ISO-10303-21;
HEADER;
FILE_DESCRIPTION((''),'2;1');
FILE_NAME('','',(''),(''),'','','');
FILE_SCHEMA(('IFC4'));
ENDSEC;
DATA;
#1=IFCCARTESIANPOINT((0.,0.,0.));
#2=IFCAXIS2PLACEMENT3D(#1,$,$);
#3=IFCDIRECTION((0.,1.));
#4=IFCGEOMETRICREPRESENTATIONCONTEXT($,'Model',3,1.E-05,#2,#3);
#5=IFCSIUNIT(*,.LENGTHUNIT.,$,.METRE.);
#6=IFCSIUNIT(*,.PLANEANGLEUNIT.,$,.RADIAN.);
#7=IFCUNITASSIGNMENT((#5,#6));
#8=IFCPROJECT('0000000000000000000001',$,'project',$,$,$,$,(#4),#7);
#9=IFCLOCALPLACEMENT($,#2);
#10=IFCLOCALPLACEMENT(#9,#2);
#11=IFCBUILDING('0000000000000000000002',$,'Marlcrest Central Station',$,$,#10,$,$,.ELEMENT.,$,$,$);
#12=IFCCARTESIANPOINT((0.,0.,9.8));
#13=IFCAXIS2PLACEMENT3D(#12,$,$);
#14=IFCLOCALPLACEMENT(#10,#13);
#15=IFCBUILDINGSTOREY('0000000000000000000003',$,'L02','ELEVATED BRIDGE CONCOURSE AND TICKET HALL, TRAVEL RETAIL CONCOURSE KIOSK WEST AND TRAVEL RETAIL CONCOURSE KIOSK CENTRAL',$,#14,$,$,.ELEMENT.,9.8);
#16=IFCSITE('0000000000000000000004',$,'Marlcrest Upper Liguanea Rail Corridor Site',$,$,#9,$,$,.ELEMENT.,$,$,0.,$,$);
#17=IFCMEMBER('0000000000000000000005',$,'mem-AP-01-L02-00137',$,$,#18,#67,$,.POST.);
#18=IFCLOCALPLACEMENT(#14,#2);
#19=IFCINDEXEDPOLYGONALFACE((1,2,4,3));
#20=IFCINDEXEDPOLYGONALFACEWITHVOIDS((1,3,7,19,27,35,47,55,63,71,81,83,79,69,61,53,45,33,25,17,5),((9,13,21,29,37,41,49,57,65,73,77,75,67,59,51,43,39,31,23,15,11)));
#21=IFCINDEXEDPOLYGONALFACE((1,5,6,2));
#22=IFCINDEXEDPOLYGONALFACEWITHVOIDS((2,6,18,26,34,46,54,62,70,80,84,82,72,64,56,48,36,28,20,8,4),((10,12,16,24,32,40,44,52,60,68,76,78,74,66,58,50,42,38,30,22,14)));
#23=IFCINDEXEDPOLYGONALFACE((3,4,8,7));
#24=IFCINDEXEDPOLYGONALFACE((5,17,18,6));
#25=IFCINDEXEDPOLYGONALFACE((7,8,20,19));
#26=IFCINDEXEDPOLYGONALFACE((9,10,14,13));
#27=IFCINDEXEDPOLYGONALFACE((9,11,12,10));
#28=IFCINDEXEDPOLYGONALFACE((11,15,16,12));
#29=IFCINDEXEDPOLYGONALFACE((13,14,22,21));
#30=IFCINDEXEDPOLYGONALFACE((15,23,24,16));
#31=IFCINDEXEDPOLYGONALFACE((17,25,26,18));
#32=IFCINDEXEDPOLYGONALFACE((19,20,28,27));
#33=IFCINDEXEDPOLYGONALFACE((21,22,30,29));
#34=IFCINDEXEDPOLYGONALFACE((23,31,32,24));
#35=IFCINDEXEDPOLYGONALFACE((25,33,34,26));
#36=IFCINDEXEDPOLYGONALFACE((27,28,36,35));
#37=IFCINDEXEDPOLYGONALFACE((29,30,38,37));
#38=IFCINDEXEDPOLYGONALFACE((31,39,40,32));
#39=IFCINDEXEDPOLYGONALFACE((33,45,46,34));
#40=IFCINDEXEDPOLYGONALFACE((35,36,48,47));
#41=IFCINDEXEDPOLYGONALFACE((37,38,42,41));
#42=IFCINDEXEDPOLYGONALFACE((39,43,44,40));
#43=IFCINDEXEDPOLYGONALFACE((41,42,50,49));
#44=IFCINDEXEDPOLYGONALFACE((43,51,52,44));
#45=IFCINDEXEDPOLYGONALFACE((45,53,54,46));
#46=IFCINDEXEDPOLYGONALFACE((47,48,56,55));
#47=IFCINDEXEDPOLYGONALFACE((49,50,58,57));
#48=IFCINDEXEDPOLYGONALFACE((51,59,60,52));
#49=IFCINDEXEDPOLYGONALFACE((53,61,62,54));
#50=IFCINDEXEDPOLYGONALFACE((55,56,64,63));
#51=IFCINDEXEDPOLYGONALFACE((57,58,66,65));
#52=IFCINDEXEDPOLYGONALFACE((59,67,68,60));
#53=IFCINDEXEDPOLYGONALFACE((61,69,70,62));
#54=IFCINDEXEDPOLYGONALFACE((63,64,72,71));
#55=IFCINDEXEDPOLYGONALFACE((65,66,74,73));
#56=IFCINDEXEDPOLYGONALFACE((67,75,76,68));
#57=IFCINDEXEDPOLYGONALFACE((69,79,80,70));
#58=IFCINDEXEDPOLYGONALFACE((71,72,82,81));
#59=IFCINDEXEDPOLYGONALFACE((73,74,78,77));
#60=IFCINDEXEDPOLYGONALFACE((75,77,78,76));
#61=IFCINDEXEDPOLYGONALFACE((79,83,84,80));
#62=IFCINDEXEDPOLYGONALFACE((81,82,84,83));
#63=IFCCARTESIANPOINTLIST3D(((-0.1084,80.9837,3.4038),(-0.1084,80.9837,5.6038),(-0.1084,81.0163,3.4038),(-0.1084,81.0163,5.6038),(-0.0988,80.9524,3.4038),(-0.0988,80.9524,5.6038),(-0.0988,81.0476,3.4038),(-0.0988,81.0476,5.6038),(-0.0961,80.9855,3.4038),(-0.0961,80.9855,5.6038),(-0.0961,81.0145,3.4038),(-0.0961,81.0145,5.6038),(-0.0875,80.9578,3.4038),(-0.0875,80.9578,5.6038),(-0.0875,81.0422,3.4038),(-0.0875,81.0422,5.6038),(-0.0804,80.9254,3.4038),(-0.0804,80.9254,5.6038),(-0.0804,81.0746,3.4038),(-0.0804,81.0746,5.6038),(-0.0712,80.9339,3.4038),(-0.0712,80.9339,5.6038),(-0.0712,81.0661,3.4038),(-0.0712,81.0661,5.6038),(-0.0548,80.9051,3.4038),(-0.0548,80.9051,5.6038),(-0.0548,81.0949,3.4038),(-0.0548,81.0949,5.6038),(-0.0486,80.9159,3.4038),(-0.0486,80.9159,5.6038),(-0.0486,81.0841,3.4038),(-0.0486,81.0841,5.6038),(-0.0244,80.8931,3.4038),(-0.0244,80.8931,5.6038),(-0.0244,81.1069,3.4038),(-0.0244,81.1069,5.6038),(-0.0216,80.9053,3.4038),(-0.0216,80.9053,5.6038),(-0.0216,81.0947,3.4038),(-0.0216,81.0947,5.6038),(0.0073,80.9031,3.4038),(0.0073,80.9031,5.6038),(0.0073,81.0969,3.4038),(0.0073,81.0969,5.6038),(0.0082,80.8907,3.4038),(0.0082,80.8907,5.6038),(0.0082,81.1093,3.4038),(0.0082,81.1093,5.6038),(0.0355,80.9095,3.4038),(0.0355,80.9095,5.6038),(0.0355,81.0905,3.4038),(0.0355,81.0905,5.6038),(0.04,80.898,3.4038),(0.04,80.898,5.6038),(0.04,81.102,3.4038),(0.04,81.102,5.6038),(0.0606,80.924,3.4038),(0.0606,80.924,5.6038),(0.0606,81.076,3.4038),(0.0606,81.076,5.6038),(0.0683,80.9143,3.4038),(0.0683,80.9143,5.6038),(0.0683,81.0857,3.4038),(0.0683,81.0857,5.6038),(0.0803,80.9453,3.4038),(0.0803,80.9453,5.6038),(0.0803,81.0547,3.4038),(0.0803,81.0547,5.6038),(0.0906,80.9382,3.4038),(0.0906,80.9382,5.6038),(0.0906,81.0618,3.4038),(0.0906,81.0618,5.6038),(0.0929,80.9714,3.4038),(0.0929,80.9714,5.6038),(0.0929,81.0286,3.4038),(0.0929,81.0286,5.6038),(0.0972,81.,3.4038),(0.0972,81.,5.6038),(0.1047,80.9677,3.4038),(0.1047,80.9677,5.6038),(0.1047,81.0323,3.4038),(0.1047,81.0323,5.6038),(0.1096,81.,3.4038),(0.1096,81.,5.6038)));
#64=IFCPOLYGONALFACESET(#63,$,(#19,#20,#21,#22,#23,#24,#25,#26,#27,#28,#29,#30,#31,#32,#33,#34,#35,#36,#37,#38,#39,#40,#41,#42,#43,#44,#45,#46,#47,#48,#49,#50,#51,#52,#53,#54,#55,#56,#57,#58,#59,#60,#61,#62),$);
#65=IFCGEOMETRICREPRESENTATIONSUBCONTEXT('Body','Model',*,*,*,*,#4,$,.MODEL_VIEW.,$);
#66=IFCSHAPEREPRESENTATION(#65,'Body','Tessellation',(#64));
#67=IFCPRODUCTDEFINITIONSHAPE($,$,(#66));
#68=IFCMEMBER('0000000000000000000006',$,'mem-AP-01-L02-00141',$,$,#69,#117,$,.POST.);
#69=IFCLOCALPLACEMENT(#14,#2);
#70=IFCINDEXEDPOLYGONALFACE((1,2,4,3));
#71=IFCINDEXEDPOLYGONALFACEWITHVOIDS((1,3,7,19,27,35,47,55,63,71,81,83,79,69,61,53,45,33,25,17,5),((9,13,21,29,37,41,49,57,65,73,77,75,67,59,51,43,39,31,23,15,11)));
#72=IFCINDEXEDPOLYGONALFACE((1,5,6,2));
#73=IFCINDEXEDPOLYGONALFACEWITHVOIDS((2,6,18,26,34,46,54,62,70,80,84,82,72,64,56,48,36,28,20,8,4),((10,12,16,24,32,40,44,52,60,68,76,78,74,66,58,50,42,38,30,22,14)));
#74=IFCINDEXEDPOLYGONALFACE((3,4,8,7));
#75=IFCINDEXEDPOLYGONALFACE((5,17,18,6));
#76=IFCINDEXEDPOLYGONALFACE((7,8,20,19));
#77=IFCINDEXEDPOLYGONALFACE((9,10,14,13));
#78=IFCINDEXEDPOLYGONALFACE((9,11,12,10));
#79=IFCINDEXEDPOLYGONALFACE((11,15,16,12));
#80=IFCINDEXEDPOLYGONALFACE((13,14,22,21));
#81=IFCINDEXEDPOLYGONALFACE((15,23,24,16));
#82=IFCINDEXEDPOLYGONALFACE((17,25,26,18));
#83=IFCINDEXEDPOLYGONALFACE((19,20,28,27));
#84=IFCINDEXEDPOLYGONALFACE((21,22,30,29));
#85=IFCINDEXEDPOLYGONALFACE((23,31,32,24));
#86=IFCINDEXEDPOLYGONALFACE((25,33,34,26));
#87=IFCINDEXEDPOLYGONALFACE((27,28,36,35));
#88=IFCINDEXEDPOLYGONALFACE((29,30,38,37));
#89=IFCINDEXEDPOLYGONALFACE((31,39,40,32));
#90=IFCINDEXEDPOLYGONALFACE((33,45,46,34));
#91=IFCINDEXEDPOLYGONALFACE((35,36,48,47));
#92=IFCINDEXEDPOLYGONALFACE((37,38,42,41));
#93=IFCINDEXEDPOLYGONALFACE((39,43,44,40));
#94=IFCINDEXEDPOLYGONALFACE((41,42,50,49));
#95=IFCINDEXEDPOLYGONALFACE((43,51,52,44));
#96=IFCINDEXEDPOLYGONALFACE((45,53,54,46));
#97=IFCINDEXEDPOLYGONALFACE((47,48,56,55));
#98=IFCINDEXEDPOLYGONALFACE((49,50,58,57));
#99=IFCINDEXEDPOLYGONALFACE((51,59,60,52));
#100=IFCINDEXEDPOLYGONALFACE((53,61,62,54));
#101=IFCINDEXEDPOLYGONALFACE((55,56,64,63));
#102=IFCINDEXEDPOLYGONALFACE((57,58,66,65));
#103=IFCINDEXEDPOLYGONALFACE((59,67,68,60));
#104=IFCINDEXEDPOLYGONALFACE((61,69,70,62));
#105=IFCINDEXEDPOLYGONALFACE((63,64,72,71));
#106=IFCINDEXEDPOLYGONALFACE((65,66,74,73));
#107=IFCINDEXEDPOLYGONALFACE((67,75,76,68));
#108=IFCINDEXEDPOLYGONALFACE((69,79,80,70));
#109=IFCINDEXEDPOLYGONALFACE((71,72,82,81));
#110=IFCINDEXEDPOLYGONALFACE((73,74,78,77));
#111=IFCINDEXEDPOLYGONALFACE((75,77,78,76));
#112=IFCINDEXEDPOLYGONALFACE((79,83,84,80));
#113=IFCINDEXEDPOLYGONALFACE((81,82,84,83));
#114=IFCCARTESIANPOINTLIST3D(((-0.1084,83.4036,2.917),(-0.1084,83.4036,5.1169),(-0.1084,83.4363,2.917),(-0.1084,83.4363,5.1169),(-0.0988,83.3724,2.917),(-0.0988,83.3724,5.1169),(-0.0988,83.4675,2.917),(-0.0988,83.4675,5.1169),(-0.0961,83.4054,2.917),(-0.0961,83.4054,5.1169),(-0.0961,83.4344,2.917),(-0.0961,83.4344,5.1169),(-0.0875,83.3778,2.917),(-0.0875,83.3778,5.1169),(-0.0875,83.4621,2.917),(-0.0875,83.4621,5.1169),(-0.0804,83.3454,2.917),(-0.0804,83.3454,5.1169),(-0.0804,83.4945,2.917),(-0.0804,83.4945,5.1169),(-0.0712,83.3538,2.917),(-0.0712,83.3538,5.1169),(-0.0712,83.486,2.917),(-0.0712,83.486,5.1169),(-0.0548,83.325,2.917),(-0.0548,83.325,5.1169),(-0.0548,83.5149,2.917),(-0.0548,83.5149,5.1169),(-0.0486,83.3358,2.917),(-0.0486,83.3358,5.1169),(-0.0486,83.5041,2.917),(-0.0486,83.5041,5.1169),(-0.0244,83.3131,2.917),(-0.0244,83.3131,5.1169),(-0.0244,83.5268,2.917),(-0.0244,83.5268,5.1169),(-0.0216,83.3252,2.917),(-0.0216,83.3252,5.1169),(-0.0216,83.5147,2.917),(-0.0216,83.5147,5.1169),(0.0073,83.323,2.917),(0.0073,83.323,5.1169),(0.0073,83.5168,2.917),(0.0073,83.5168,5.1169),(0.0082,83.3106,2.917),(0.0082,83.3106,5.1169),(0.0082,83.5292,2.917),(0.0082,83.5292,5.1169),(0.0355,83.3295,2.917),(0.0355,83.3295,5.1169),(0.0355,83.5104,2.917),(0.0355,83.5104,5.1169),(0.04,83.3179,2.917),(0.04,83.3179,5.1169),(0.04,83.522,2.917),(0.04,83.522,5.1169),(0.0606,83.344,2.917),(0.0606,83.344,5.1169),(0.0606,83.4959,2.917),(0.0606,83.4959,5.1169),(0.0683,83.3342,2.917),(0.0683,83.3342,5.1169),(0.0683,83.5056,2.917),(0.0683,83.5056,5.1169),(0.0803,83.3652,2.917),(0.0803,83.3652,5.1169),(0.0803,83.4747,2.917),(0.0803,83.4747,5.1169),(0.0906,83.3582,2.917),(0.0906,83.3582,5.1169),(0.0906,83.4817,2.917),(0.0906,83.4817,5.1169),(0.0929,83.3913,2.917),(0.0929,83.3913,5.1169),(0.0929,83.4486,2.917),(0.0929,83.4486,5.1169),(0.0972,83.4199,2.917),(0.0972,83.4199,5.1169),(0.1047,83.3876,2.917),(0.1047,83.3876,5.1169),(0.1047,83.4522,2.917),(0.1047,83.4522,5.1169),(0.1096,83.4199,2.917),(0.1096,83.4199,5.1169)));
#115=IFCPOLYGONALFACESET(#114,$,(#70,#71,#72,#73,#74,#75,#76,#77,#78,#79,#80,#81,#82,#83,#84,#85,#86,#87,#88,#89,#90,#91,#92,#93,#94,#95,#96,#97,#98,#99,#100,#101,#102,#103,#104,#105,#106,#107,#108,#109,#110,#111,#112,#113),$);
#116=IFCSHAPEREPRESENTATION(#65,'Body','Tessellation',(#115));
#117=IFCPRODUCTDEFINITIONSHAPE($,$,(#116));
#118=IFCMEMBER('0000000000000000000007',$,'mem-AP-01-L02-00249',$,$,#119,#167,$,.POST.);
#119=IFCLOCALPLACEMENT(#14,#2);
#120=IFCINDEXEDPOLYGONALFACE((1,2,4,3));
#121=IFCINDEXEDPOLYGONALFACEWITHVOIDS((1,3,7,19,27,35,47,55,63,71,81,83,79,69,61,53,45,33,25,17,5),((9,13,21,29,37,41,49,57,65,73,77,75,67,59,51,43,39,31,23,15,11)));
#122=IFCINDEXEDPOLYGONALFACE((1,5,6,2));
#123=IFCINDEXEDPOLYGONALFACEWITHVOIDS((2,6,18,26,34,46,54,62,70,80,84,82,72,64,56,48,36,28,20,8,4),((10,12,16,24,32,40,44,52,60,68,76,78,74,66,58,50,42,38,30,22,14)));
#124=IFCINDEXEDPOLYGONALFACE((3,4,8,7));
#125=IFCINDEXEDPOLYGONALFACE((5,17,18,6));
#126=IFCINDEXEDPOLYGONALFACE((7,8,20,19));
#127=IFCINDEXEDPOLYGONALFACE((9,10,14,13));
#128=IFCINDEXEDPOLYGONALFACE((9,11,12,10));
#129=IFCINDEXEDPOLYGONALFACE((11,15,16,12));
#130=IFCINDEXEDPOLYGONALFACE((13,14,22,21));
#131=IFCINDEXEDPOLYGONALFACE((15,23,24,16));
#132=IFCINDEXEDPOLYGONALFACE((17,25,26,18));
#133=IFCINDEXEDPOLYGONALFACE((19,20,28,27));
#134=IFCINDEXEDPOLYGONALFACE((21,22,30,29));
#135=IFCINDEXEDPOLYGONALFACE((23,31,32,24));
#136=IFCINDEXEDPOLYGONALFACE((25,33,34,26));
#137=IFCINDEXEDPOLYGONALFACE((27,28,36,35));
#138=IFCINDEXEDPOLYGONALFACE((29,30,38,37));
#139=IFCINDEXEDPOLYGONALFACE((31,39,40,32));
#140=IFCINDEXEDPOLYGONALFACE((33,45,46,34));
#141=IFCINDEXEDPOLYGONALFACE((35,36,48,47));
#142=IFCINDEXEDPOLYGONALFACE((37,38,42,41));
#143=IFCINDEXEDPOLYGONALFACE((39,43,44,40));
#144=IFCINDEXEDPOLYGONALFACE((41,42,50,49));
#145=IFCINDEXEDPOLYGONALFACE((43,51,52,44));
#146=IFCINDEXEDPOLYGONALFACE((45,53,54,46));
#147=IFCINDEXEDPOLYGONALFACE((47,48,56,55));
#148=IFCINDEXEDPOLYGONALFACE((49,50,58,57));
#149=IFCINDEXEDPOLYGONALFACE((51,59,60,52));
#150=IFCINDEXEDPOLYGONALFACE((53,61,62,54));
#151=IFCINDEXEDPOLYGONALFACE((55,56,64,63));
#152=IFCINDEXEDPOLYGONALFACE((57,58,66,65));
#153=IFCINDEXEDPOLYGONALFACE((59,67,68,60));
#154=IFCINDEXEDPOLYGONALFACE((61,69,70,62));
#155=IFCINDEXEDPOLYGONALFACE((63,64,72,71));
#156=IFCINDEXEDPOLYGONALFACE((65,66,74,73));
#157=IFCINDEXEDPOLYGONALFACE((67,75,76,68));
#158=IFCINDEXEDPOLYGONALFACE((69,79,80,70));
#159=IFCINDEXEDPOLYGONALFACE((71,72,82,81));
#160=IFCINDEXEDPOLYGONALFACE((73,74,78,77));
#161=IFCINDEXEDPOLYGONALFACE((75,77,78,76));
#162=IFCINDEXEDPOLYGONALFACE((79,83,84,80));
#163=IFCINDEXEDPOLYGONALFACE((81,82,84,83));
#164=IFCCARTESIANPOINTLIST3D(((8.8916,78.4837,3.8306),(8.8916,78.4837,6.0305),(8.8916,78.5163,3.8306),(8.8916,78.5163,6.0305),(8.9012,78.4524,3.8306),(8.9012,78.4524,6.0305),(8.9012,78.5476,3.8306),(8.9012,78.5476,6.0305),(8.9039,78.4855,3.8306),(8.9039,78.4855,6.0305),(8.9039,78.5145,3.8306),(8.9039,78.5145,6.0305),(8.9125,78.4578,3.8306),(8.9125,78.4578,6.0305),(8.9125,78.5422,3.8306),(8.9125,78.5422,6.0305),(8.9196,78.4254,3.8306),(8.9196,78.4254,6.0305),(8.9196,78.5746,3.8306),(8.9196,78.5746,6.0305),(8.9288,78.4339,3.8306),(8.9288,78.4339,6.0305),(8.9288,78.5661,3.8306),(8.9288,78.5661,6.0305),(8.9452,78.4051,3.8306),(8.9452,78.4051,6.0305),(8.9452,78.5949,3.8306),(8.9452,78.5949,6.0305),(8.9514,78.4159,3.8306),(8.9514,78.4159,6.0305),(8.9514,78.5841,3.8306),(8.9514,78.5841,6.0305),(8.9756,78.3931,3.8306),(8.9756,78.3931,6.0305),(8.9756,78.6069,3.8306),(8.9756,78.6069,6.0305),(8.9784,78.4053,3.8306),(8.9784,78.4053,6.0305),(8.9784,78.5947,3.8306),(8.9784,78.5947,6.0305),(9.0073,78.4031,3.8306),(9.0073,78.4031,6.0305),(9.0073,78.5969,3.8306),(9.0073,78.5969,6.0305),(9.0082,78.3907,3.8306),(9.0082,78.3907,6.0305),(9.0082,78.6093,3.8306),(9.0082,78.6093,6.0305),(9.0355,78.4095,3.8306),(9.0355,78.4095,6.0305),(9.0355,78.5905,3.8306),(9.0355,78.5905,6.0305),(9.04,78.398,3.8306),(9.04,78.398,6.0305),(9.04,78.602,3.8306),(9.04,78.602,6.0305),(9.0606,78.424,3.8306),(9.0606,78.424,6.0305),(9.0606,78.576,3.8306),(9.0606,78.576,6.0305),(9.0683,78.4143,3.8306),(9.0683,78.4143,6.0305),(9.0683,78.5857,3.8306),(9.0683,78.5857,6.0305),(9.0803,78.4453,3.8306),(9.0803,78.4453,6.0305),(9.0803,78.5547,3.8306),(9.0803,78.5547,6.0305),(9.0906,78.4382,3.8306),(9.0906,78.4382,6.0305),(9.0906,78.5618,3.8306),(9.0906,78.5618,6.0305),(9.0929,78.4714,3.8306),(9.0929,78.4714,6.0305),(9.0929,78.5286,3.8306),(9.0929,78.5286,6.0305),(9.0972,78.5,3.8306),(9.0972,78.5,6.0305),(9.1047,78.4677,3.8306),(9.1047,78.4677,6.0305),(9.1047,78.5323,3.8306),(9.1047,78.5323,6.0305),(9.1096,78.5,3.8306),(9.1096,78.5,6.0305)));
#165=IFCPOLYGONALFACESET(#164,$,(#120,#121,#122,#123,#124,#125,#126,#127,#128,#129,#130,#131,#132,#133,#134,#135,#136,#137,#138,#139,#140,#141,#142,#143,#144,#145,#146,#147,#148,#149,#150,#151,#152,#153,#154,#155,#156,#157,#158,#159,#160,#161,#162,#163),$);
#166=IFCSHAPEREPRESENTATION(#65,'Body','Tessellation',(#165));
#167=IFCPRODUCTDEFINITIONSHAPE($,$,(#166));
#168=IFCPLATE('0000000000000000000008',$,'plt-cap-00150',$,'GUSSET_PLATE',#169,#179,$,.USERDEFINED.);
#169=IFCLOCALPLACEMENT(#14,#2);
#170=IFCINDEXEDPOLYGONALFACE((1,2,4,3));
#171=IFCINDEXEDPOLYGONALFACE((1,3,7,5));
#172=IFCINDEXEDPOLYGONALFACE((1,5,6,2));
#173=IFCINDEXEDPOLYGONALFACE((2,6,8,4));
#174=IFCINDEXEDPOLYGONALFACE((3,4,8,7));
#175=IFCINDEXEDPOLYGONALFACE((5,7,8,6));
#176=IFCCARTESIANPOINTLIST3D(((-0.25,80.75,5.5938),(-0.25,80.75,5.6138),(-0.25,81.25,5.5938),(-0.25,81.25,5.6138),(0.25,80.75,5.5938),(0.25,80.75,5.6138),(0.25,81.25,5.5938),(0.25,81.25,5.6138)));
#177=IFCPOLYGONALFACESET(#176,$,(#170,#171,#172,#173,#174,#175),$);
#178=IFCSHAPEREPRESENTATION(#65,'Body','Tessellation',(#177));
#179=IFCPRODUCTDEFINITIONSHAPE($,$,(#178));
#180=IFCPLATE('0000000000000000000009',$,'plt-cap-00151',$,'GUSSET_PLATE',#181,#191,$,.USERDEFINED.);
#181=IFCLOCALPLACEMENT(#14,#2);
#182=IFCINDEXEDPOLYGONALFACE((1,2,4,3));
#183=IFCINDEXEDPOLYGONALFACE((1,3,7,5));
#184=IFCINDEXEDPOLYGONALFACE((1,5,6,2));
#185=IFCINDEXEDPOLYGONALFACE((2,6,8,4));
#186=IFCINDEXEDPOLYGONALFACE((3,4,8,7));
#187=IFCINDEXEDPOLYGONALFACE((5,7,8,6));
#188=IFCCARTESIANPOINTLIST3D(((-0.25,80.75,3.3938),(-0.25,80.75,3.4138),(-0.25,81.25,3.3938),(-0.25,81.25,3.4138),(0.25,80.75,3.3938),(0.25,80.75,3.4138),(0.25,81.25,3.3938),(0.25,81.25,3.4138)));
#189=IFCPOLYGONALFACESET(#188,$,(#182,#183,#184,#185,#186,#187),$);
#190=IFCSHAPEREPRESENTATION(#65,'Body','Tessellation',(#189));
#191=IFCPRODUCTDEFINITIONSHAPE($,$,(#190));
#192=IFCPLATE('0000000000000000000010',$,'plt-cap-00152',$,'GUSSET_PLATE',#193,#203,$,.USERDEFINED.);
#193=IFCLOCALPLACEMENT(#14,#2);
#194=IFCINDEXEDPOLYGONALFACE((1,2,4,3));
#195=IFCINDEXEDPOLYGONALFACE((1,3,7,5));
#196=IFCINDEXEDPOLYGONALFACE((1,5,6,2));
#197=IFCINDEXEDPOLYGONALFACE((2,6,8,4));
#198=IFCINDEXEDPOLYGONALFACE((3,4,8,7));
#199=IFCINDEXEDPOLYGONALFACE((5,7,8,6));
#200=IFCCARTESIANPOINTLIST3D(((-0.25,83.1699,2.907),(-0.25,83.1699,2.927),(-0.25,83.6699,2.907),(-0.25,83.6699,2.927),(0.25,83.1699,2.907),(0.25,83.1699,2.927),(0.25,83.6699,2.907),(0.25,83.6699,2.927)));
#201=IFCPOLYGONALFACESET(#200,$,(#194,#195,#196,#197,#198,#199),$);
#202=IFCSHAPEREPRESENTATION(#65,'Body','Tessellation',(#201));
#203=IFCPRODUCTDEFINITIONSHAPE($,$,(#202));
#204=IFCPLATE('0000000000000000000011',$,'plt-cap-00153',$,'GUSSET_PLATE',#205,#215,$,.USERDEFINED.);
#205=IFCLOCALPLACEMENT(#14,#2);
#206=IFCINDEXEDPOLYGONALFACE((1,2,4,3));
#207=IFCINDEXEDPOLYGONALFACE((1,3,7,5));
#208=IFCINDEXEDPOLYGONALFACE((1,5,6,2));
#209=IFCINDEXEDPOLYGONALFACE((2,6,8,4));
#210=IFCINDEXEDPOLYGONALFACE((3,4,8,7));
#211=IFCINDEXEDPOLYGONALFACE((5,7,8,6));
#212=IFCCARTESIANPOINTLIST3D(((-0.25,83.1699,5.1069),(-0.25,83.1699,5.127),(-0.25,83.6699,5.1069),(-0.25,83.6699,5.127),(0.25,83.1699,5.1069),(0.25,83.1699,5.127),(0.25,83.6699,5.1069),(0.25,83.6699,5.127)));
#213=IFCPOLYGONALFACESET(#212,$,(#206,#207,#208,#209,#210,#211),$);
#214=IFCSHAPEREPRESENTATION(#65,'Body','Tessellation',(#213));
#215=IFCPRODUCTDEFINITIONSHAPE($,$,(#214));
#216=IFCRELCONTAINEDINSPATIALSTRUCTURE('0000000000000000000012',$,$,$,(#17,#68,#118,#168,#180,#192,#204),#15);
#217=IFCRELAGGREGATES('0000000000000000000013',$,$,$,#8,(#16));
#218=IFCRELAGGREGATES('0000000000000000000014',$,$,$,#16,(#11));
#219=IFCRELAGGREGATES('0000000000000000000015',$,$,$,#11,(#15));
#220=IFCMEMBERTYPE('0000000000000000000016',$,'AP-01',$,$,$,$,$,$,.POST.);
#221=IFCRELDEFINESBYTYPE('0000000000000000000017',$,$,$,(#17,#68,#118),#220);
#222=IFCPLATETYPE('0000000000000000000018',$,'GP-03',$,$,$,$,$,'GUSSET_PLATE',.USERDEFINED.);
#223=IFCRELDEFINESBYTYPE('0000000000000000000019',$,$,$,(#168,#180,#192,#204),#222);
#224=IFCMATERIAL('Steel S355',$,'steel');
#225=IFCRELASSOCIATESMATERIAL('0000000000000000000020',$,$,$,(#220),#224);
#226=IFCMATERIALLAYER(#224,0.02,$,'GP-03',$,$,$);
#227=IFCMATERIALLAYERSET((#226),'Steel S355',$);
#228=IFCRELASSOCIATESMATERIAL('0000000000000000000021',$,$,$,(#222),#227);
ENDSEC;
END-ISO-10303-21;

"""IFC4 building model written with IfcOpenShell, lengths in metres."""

from ifc_helpers import new_model, si_unit, direction, frame, origin, origin_2d, place, context, subcontext, project, spatial, rectangle, hollow_circle, extrude, material, layer, layer_set, material_profile, profile_set, type_object, element, save


model = new_model("IFC4")

# Units and contexts
model_context = context("Model", 3, precision=1e-05, world=origin(), true_north=direction((0.0, 1.0)))
body_context = subcontext(model_context, "Body", "Model", "MODEL_VIEW")
ifc_project = project(units=[si_unit("LENGTHUNIT", "METRE"), si_unit("PLANEANGLEUNIT", "RADIAN")], contexts=[model_context])

# Site, building, storey
site_placement = place(None, origin())
site = spatial("IfcSite", under=ifc_project, at=site_placement, Name="Marlcrest Upper Liguanea Rail Corridor Site", CompositionType="ELEMENT", RefElevation=0.0)
building_placement = place(site_placement, origin())
building = spatial("IfcBuilding", under=site, at=building_placement, Name="Marlcrest Central Station", CompositionType="ELEMENT")
storey_placement = place(building_placement, frame((0.0, 0.0, 9.8)))
storey = spatial("IfcBuildingStorey", under=building, at=storey_placement, Name="L02", Description="ELEVATED BRIDGE CONCOURSE AND TICKET HALL, TRAVEL RETAIL CONCOURSE KIOSK WEST AND TRAVEL RETAIL CONCOURSE KIOSK CENTRAL", CompositionType="ELEMENT", Elevation=9.8)

# Members
ifc_material_1 = material(Name="Steel S355", Category="steel")
ifc_material_profile_1 = material_profile(ifc_material_1, hollow_circle(Radius=0.1096, WallThickness=0.0125, at=origin_2d()), Name="CHS 219.1x12.5")
ifc_profile_set_1 = profile_set([ifc_material_profile_1], Name="Steel S355")
member_type_1 = type_object("IfcMemberType", Name="AP-01", PredefinedType="POST", material=ifc_profile_set_1)
for number, where, z_axis, x_axis, name in (
    (1, (0.0, 81.0, 3.4038), (0.0, 0.0, 1.0), (1.0, 0.0, 0.0), "mem-AP-01-L02-00137"),
    (2, (0.0, 83.4199, 2.917), (0.0, 0.0, 1.0), (1.0, 0.0, 0.0), "mem-AP-01-L02-00141"),
    (3, (9.0, 78.5, 3.8306), (0.0, 0.0, 1.0), (1.0, 0.0, 0.0), "mem-AP-01-L02-00249"),
):
    element("IfcMember", number, at=place(storey_placement, frame(where, z_axis=z_axis, x_axis=x_axis)), inside=storey, type_object=member_type_1, Name=name, PredefinedType="POST", context=body_context, shape_type="SweptSolid", body=[
        extrude(hollow_circle(Radius=0.1096, WallThickness=0.0125, at=origin_2d()), origin(), (0.0, 0.0, 1.0), 2.2),
    ])

# Plates
ifc_layer_1 = layer(ifc_material_1, 0.02, Name="GP-03")
ifc_layer_set_1 = layer_set([ifc_layer_1], Name="Steel S355")
plate_type = type_object("IfcPlateType", Name="GP-03", ElementType="GUSSET_PLATE", PredefinedType="USERDEFINED", material=ifc_layer_set_1)
for number, where, z_axis, x_axis, name in (
    (4, (0.0, 81.0, 5.5938), (0.0, 0.0, 1.0), (1.0, 0.0, 0.0), "plt-cap-00150"),
    (5, (0.0, 81.0, 3.3938), (0.0, 0.0, 1.0), (1.0, 0.0, 0.0), "plt-cap-00151"),
    (6, (0.0, 83.4199, 2.907), (0.0, 0.0, 1.0), (1.0, 0.0, 0.0), "plt-cap-00152"),
    (7, (0.0, 83.4199, 5.1069), (0.0, 0.0, 1.0), (1.0, 0.0, 0.0), "plt-cap-00153"),
):
    element("IfcPlate", number, at=place(storey_placement, frame(where, z_axis=z_axis, x_axis=x_axis)), inside=storey, type_object=plate_type, Name=name, ObjectType="GUSSET_PLATE", PredefinedType="USERDEFINED", context=body_context, shape_type="SweptSolid", body=[
        extrude(rectangle(XDim=0.5, YDim=0.5, at=origin_2d()), origin(), (0.0, 0.0, 1.0), 0.02),
    ])

save(model, "model.ifc")
